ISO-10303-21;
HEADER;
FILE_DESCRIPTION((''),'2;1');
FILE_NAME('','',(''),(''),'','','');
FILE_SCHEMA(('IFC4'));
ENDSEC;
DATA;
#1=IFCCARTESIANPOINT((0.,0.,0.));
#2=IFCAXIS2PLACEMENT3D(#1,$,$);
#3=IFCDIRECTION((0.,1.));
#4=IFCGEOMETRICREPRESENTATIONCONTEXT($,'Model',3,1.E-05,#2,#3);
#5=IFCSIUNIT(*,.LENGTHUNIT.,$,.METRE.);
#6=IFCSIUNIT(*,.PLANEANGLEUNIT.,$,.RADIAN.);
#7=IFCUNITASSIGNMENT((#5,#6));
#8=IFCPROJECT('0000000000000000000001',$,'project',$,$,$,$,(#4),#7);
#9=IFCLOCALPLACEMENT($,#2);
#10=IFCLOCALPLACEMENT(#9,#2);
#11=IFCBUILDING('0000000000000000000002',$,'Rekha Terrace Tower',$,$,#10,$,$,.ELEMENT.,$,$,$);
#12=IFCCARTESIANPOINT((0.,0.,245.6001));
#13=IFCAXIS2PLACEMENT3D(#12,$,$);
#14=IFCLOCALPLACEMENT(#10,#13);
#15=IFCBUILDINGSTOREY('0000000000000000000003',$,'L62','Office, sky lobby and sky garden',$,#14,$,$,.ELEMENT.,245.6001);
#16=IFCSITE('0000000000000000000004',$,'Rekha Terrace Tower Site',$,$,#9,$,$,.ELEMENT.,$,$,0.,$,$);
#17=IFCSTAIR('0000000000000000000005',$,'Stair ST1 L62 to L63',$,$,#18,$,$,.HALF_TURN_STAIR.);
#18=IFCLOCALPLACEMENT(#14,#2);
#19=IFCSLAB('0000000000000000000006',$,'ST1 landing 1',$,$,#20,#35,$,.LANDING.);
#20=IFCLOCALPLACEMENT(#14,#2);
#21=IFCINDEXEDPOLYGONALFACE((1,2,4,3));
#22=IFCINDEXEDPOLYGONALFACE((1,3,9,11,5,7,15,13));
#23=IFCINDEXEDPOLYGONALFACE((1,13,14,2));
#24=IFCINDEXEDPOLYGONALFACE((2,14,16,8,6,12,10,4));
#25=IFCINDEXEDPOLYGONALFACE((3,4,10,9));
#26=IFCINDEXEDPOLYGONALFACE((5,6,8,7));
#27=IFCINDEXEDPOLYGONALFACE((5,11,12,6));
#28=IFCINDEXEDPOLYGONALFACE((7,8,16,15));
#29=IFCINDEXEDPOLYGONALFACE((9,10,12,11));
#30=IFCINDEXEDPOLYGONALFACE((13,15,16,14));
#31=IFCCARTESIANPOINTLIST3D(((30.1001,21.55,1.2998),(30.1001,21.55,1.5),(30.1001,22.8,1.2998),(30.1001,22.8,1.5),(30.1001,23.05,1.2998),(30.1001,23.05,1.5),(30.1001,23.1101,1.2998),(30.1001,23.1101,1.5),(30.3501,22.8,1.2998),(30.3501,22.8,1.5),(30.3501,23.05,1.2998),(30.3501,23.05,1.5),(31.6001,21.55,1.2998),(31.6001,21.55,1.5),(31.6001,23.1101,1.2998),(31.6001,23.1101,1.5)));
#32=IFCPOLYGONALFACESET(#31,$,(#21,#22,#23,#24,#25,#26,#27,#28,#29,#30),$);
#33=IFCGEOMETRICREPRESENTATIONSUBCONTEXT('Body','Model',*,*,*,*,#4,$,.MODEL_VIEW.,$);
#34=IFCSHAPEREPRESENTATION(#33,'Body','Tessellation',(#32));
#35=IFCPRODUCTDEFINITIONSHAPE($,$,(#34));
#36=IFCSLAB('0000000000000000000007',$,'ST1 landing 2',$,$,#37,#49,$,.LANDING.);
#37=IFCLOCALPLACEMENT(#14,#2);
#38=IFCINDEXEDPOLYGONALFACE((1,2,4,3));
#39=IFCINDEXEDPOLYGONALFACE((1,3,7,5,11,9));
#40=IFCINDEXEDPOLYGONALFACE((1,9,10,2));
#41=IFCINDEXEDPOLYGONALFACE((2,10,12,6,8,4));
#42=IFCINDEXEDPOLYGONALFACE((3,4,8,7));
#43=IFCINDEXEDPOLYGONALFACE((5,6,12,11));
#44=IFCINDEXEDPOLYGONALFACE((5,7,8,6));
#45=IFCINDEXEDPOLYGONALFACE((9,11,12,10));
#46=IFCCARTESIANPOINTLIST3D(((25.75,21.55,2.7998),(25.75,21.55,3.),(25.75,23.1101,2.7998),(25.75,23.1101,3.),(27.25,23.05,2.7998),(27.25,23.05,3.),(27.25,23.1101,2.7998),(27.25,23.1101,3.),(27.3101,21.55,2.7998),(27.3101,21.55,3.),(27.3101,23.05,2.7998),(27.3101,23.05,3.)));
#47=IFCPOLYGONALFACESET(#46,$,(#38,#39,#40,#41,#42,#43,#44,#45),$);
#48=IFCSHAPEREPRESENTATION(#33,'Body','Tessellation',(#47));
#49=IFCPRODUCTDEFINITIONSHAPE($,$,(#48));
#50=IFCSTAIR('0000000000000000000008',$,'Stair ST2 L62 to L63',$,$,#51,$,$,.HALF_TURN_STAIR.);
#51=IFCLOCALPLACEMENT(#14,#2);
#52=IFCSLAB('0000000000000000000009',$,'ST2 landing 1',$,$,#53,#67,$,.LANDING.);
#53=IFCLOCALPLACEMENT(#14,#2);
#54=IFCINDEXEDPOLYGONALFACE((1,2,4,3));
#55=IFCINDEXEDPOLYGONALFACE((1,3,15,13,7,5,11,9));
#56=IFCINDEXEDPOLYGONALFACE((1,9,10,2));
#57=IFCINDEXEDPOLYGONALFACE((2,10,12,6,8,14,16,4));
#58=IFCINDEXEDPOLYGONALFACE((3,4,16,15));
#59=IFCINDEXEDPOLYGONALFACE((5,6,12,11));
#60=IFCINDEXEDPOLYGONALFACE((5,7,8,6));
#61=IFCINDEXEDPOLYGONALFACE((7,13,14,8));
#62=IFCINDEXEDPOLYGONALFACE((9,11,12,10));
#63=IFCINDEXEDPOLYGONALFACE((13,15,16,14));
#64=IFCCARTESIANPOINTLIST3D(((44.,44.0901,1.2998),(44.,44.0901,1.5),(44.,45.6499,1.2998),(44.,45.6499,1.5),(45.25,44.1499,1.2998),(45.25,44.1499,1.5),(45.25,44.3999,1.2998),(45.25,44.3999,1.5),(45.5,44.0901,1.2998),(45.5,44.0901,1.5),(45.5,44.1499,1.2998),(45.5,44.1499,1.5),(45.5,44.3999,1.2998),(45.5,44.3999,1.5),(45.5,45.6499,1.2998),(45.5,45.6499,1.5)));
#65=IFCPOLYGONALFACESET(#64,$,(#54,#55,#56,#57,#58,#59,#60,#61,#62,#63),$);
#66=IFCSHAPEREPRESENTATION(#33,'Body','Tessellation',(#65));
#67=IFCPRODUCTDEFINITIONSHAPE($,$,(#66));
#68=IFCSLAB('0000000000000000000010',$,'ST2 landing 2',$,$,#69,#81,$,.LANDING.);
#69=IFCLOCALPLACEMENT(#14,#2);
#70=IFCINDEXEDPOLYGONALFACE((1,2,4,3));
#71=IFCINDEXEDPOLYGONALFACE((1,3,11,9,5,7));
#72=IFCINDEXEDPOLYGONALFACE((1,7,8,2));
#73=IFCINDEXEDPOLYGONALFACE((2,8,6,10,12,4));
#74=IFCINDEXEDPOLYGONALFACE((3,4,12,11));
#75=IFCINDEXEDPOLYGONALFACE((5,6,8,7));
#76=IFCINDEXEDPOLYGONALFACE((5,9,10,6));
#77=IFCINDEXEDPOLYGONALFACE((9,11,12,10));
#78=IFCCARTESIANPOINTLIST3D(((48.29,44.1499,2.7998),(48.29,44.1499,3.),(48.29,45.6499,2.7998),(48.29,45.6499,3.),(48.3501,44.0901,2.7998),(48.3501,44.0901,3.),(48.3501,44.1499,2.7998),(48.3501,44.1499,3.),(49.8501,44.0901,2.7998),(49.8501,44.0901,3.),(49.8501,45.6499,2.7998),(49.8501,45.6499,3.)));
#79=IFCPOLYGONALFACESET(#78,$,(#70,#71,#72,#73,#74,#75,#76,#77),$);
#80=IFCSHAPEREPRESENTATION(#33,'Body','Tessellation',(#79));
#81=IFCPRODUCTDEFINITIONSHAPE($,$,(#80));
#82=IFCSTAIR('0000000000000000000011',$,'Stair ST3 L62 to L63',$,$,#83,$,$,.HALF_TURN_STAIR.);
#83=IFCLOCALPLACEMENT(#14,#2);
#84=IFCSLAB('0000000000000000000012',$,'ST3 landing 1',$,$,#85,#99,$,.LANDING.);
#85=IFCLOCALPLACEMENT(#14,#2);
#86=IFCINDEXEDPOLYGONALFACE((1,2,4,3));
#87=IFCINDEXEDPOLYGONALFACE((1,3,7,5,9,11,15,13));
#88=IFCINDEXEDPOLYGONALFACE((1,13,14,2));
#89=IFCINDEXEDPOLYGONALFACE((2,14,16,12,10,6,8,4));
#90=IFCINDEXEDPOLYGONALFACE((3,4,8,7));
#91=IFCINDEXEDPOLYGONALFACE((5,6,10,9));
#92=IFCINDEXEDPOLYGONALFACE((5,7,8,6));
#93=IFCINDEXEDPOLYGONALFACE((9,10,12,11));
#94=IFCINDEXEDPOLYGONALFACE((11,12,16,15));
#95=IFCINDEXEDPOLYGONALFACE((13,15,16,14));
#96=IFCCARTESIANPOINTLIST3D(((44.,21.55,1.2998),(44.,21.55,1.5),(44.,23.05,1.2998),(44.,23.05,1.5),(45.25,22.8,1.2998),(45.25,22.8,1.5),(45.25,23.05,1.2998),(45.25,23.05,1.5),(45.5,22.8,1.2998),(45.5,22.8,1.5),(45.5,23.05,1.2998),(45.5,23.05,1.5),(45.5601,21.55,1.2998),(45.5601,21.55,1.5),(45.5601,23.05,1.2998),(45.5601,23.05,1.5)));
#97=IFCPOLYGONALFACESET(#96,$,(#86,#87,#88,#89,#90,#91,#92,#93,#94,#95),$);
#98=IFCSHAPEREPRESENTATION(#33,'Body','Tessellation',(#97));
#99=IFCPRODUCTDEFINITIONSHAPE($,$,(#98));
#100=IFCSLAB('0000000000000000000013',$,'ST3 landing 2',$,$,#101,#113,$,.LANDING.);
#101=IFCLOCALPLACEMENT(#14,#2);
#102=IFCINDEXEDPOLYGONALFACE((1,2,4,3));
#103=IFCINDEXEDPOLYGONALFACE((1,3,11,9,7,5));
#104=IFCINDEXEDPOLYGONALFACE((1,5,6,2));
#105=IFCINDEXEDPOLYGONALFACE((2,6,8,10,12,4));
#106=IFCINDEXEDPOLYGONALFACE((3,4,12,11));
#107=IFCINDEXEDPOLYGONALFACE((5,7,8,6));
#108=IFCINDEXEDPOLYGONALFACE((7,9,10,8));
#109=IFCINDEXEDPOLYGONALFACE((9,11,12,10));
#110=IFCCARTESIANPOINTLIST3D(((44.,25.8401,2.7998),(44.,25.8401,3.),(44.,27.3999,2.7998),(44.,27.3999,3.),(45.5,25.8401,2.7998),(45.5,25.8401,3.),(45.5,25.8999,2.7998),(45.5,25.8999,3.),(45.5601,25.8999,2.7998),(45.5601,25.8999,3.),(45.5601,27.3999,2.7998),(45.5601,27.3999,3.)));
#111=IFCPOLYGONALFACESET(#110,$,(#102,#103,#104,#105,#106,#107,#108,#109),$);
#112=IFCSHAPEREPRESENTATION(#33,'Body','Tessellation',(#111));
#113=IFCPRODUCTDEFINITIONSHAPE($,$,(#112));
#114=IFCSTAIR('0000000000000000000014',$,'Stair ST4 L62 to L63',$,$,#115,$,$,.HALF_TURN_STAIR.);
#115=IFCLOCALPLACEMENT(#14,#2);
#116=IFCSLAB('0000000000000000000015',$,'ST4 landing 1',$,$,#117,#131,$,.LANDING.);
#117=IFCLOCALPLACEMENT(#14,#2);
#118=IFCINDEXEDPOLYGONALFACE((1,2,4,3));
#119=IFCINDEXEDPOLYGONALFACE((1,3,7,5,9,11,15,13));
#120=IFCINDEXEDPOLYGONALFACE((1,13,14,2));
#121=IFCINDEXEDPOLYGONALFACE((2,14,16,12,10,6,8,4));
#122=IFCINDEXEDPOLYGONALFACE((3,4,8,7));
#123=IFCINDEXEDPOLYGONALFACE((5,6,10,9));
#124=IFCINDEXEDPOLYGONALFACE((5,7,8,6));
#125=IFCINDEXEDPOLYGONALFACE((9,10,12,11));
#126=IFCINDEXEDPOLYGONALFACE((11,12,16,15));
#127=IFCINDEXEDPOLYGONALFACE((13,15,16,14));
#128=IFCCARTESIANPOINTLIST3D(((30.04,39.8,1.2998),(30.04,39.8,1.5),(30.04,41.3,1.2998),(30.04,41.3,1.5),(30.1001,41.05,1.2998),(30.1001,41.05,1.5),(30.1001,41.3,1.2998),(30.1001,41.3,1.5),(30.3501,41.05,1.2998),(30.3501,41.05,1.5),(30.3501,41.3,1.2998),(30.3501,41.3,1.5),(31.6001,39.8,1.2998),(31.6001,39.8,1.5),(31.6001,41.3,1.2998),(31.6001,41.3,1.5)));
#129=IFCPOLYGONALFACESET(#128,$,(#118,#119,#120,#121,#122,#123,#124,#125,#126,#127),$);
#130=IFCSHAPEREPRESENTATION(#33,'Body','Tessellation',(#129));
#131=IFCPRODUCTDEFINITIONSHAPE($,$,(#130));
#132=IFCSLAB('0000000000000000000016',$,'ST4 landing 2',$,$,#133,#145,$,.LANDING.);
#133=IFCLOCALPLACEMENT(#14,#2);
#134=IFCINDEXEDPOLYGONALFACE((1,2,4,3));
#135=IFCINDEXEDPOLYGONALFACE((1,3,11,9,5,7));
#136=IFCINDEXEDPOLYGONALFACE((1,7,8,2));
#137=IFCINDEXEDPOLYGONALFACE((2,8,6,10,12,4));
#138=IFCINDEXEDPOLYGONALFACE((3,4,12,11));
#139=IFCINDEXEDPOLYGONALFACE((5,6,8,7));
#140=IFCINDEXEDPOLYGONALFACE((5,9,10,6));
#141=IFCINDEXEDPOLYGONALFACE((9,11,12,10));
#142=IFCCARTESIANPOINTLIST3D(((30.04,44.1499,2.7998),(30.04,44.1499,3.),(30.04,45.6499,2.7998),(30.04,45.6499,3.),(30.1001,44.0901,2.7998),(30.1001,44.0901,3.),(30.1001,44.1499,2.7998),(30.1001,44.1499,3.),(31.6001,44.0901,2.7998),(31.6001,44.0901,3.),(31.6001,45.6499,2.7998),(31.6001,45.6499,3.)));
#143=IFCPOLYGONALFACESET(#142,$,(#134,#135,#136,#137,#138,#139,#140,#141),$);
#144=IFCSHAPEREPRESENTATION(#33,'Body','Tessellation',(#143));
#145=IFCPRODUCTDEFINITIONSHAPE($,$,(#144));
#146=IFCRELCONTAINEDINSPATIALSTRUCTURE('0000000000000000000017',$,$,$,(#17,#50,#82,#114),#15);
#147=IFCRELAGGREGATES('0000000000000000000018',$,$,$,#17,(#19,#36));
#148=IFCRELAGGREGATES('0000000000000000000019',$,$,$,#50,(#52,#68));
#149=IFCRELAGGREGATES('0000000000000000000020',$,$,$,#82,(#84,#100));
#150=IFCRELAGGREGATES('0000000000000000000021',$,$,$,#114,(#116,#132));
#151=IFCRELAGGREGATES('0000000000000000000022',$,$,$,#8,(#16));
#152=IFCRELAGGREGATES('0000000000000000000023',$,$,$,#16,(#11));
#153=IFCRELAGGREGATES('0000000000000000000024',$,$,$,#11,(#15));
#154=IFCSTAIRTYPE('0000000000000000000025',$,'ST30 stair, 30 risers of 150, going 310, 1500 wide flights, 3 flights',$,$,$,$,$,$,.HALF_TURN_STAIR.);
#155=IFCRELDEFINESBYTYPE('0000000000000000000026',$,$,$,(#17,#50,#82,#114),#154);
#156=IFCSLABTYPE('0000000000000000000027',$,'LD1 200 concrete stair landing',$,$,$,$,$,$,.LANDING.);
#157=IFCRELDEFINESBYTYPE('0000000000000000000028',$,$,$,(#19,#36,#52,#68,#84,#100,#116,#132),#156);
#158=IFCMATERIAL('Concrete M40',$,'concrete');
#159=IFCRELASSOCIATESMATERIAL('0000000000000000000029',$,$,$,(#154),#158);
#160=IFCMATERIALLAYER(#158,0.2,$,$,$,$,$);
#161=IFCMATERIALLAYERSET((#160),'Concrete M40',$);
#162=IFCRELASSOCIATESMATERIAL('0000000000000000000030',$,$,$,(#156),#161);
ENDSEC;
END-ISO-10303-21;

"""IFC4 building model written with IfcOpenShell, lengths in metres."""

from ifc_helpers import new_model, si_unit, direction, frame, origin, place, context, subcontext, project, spatial, polyline, outline, extrude, material, layer, layer_set, type_object, element, aggregate, save


model = new_model("IFC4")

# Units and contexts
model_context = context("Model", 3, precision=1e-05, world=origin(), true_north=direction((0.0, 1.0)))
body_context = subcontext(model_context, "Body", "Model", "MODEL_VIEW")
ifc_project = project(units=[si_unit("LENGTHUNIT", "METRE"), si_unit("PLANEANGLEUNIT", "RADIAN")], contexts=[model_context])

# Site, building, storey
site_placement = place(None, origin())
site = spatial("IfcSite", under=ifc_project, at=site_placement, Name="Rekha Terrace Tower Site", CompositionType="ELEMENT", RefElevation=0.0)
building_placement = place(site_placement, origin())
building = spatial("IfcBuilding", under=site, at=building_placement, Name="Rekha Terrace Tower", CompositionType="ELEMENT")
storey_placement = place(building_placement, frame((0.0, 0.0, 245.6001)))
storey = spatial("IfcBuildingStorey", under=building, at=storey_placement, Name="L62", Description="Office, sky lobby and sky garden", CompositionType="ELEMENT", Elevation=245.6001)

# Stairs, slabs
ifc_material_1 = material(Name="Concrete M40", Category="concrete")
stair_type = type_object("IfcStairType", Name="ST30 stair, 30 risers of 150, going 310, 1500 wide flights, 3 flights", PredefinedType="HALF_TURN_STAIR", material=ifc_material_1)
stair_1_placement = place(storey_placement, origin())
stair_1 = element("IfcStair", 1, at=stair_1_placement, inside=storey, type_object=stair_type, Name="Stair ST1 L62 to L63", PredefinedType="HALF_TURN_STAIR")
ifc_layer_1 = layer(ifc_material_1, 0.2)
ifc_layer_set_1 = layer_set([ifc_layer_1], Name="Concrete M40")
slab_type_1 = type_object("IfcSlabType", Name="LD1 200 concrete stair landing", PredefinedType="LANDING", material=ifc_layer_set_1)
slab_1_placement = place(storey_placement, frame((0.0, 0.0, 1.2998)))
slab_1 = element("IfcSlab", 2, at=slab_1_placement, type_object=slab_type_1, Name="ST1 landing 1", PredefinedType="LANDING", context=body_context, shape_type="SweptSolid", body=[
    extrude(outline(polyline([(30.1001, 21.55), (31.6001, 21.55), (31.6001, 23.1101), (30.1001, 23.1101), (30.1001, 23.05), (30.3501, 23.05), (30.3501, 22.8), (30.1001, 22.8), (30.1001, 21.55)])), origin(), (0.0, 0.0, 1.0), 0.2002),
])
slab_2_placement = place(storey_placement, frame((0.0, 0.0, 2.7998)))
slab_2 = element("IfcSlab", 3, at=slab_2_placement, type_object=slab_type_1, Name="ST1 landing 2", PredefinedType="LANDING", context=body_context, shape_type="SweptSolid", body=[
    extrude(outline(polyline([(27.25, 23.1101), (25.75, 23.1101), (25.75, 21.55), (27.3101, 21.55), (27.3101, 23.05), (27.25, 23.05), (27.25, 23.1101)])), origin(), (0.0, 0.0, 1.0), 0.2002),
])
aggregate(stair_1, [slab_1, slab_2])
stair_2_placement = place(storey_placement, origin())
stair_2 = element("IfcStair", 4, at=stair_2_placement, inside=storey, type_object=stair_type, Name="Stair ST2 L62 to L63", PredefinedType="HALF_TURN_STAIR")
slab_3_placement = place(storey_placement, frame((0.0, 0.0, 1.2998)))
slab_3 = element("IfcSlab", 5, at=slab_3_placement, type_object=slab_type_1, Name="ST2 landing 1", PredefinedType="LANDING", context=body_context, shape_type="SweptSolid", body=[
    extrude(outline(polyline([(45.5, 45.6499), (44.0, 45.6499), (44.0, 44.0901), (45.5, 44.0901), (45.5, 44.1499), (45.25, 44.1499), (45.25, 44.3999), (45.5, 44.3999), (45.5, 45.6499)])), origin(), (0.0, 0.0, 1.0), 0.2002),
])
slab_4_placement = place(storey_placement, frame((0.0, 0.0, 2.7998)))
slab_4 = element("IfcSlab", 6, at=slab_4_placement, type_object=slab_type_1, Name="ST2 landing 2", PredefinedType="LANDING", context=body_context, shape_type="SweptSolid", body=[
    extrude(outline(polyline([(48.3501, 44.0901), (49.8501, 44.0901), (49.8501, 45.6499), (48.29, 45.6499), (48.29, 44.1499), (48.3501, 44.1499), (48.3501, 44.0901)])), origin(), (0.0, 0.0, 1.0), 0.2002),
])
aggregate(stair_2, [slab_3, slab_4])
stair_3_placement = place(storey_placement, origin())
stair_3 = element("IfcStair", 7, at=stair_3_placement, inside=storey, type_object=stair_type, Name="Stair ST3 L62 to L63", PredefinedType="HALF_TURN_STAIR")
slab_5_placement = place(storey_placement, frame((0.0, 0.0, 1.2998)))
slab_5 = element("IfcSlab", 8, at=slab_5_placement, type_object=slab_type_1, Name="ST3 landing 1", PredefinedType="LANDING", context=body_context, shape_type="SweptSolid", body=[
    extrude(outline(polyline([(44.0, 23.05), (44.0, 21.55), (45.5601, 21.55), (45.5601, 23.05), (45.5, 23.05), (45.5, 22.8), (45.25, 22.8), (45.25, 23.05), (44.0, 23.05)])), origin(), (0.0, 0.0, 1.0), 0.2002),
])
slab_6_placement = place(storey_placement, frame((0.0, 0.0, 2.7998)))
slab_6 = element("IfcSlab", 9, at=slab_6_placement, type_object=slab_type_1, Name="ST3 landing 2", PredefinedType="LANDING", context=body_context, shape_type="SweptSolid", body=[
    extrude(outline(polyline([(45.5601, 25.8999), (45.5601, 27.3999), (44.0, 27.3999), (44.0, 25.8401), (45.5, 25.8401), (45.5, 25.8999), (45.5601, 25.8999)])), origin(), (0.0, 0.0, 1.0), 0.2002),
])
aggregate(stair_3, [slab_5, slab_6])
stair_4_placement = place(storey_placement, origin())
stair_4 = element("IfcStair", 10, at=stair_4_placement, inside=storey, type_object=stair_type, Name="Stair ST4 L62 to L63", PredefinedType="HALF_TURN_STAIR")
slab_7_placement = place(storey_placement, frame((0.0, 0.0, 1.2998)))
slab_7 = element("IfcSlab", 11, at=slab_7_placement, type_object=slab_type_1, Name="ST4 landing 1", PredefinedType="LANDING", context=body_context, shape_type="SweptSolid", body=[
    extrude(outline(polyline([(31.6001, 41.3), (31.6001, 39.8), (30.04, 39.8), (30.04, 41.3), (30.1001, 41.3), (30.1001, 41.05), (30.3501, 41.05), (30.3501, 41.3), (31.6001, 41.3)])), origin(), (0.0, 0.0, 1.0), 0.2002),
])
slab_8_placement = place(storey_placement, frame((0.0, 0.0, 2.7998)))
slab_8 = element("IfcSlab", 12, at=slab_8_placement, type_object=slab_type_1, Name="ST4 landing 2", PredefinedType="LANDING", context=body_context, shape_type="SweptSolid", body=[
    extrude(outline(polyline([(30.04, 44.1499), (30.04, 45.6499), (31.6001, 45.6499), (31.6001, 44.0901), (30.1001, 44.0901), (30.1001, 44.1499), (30.04, 44.1499)])), origin(), (0.0, 0.0, 1.0), 0.2002),
])
aggregate(stair_4, [slab_7, slab_8])

save(model, "model.ifc")
